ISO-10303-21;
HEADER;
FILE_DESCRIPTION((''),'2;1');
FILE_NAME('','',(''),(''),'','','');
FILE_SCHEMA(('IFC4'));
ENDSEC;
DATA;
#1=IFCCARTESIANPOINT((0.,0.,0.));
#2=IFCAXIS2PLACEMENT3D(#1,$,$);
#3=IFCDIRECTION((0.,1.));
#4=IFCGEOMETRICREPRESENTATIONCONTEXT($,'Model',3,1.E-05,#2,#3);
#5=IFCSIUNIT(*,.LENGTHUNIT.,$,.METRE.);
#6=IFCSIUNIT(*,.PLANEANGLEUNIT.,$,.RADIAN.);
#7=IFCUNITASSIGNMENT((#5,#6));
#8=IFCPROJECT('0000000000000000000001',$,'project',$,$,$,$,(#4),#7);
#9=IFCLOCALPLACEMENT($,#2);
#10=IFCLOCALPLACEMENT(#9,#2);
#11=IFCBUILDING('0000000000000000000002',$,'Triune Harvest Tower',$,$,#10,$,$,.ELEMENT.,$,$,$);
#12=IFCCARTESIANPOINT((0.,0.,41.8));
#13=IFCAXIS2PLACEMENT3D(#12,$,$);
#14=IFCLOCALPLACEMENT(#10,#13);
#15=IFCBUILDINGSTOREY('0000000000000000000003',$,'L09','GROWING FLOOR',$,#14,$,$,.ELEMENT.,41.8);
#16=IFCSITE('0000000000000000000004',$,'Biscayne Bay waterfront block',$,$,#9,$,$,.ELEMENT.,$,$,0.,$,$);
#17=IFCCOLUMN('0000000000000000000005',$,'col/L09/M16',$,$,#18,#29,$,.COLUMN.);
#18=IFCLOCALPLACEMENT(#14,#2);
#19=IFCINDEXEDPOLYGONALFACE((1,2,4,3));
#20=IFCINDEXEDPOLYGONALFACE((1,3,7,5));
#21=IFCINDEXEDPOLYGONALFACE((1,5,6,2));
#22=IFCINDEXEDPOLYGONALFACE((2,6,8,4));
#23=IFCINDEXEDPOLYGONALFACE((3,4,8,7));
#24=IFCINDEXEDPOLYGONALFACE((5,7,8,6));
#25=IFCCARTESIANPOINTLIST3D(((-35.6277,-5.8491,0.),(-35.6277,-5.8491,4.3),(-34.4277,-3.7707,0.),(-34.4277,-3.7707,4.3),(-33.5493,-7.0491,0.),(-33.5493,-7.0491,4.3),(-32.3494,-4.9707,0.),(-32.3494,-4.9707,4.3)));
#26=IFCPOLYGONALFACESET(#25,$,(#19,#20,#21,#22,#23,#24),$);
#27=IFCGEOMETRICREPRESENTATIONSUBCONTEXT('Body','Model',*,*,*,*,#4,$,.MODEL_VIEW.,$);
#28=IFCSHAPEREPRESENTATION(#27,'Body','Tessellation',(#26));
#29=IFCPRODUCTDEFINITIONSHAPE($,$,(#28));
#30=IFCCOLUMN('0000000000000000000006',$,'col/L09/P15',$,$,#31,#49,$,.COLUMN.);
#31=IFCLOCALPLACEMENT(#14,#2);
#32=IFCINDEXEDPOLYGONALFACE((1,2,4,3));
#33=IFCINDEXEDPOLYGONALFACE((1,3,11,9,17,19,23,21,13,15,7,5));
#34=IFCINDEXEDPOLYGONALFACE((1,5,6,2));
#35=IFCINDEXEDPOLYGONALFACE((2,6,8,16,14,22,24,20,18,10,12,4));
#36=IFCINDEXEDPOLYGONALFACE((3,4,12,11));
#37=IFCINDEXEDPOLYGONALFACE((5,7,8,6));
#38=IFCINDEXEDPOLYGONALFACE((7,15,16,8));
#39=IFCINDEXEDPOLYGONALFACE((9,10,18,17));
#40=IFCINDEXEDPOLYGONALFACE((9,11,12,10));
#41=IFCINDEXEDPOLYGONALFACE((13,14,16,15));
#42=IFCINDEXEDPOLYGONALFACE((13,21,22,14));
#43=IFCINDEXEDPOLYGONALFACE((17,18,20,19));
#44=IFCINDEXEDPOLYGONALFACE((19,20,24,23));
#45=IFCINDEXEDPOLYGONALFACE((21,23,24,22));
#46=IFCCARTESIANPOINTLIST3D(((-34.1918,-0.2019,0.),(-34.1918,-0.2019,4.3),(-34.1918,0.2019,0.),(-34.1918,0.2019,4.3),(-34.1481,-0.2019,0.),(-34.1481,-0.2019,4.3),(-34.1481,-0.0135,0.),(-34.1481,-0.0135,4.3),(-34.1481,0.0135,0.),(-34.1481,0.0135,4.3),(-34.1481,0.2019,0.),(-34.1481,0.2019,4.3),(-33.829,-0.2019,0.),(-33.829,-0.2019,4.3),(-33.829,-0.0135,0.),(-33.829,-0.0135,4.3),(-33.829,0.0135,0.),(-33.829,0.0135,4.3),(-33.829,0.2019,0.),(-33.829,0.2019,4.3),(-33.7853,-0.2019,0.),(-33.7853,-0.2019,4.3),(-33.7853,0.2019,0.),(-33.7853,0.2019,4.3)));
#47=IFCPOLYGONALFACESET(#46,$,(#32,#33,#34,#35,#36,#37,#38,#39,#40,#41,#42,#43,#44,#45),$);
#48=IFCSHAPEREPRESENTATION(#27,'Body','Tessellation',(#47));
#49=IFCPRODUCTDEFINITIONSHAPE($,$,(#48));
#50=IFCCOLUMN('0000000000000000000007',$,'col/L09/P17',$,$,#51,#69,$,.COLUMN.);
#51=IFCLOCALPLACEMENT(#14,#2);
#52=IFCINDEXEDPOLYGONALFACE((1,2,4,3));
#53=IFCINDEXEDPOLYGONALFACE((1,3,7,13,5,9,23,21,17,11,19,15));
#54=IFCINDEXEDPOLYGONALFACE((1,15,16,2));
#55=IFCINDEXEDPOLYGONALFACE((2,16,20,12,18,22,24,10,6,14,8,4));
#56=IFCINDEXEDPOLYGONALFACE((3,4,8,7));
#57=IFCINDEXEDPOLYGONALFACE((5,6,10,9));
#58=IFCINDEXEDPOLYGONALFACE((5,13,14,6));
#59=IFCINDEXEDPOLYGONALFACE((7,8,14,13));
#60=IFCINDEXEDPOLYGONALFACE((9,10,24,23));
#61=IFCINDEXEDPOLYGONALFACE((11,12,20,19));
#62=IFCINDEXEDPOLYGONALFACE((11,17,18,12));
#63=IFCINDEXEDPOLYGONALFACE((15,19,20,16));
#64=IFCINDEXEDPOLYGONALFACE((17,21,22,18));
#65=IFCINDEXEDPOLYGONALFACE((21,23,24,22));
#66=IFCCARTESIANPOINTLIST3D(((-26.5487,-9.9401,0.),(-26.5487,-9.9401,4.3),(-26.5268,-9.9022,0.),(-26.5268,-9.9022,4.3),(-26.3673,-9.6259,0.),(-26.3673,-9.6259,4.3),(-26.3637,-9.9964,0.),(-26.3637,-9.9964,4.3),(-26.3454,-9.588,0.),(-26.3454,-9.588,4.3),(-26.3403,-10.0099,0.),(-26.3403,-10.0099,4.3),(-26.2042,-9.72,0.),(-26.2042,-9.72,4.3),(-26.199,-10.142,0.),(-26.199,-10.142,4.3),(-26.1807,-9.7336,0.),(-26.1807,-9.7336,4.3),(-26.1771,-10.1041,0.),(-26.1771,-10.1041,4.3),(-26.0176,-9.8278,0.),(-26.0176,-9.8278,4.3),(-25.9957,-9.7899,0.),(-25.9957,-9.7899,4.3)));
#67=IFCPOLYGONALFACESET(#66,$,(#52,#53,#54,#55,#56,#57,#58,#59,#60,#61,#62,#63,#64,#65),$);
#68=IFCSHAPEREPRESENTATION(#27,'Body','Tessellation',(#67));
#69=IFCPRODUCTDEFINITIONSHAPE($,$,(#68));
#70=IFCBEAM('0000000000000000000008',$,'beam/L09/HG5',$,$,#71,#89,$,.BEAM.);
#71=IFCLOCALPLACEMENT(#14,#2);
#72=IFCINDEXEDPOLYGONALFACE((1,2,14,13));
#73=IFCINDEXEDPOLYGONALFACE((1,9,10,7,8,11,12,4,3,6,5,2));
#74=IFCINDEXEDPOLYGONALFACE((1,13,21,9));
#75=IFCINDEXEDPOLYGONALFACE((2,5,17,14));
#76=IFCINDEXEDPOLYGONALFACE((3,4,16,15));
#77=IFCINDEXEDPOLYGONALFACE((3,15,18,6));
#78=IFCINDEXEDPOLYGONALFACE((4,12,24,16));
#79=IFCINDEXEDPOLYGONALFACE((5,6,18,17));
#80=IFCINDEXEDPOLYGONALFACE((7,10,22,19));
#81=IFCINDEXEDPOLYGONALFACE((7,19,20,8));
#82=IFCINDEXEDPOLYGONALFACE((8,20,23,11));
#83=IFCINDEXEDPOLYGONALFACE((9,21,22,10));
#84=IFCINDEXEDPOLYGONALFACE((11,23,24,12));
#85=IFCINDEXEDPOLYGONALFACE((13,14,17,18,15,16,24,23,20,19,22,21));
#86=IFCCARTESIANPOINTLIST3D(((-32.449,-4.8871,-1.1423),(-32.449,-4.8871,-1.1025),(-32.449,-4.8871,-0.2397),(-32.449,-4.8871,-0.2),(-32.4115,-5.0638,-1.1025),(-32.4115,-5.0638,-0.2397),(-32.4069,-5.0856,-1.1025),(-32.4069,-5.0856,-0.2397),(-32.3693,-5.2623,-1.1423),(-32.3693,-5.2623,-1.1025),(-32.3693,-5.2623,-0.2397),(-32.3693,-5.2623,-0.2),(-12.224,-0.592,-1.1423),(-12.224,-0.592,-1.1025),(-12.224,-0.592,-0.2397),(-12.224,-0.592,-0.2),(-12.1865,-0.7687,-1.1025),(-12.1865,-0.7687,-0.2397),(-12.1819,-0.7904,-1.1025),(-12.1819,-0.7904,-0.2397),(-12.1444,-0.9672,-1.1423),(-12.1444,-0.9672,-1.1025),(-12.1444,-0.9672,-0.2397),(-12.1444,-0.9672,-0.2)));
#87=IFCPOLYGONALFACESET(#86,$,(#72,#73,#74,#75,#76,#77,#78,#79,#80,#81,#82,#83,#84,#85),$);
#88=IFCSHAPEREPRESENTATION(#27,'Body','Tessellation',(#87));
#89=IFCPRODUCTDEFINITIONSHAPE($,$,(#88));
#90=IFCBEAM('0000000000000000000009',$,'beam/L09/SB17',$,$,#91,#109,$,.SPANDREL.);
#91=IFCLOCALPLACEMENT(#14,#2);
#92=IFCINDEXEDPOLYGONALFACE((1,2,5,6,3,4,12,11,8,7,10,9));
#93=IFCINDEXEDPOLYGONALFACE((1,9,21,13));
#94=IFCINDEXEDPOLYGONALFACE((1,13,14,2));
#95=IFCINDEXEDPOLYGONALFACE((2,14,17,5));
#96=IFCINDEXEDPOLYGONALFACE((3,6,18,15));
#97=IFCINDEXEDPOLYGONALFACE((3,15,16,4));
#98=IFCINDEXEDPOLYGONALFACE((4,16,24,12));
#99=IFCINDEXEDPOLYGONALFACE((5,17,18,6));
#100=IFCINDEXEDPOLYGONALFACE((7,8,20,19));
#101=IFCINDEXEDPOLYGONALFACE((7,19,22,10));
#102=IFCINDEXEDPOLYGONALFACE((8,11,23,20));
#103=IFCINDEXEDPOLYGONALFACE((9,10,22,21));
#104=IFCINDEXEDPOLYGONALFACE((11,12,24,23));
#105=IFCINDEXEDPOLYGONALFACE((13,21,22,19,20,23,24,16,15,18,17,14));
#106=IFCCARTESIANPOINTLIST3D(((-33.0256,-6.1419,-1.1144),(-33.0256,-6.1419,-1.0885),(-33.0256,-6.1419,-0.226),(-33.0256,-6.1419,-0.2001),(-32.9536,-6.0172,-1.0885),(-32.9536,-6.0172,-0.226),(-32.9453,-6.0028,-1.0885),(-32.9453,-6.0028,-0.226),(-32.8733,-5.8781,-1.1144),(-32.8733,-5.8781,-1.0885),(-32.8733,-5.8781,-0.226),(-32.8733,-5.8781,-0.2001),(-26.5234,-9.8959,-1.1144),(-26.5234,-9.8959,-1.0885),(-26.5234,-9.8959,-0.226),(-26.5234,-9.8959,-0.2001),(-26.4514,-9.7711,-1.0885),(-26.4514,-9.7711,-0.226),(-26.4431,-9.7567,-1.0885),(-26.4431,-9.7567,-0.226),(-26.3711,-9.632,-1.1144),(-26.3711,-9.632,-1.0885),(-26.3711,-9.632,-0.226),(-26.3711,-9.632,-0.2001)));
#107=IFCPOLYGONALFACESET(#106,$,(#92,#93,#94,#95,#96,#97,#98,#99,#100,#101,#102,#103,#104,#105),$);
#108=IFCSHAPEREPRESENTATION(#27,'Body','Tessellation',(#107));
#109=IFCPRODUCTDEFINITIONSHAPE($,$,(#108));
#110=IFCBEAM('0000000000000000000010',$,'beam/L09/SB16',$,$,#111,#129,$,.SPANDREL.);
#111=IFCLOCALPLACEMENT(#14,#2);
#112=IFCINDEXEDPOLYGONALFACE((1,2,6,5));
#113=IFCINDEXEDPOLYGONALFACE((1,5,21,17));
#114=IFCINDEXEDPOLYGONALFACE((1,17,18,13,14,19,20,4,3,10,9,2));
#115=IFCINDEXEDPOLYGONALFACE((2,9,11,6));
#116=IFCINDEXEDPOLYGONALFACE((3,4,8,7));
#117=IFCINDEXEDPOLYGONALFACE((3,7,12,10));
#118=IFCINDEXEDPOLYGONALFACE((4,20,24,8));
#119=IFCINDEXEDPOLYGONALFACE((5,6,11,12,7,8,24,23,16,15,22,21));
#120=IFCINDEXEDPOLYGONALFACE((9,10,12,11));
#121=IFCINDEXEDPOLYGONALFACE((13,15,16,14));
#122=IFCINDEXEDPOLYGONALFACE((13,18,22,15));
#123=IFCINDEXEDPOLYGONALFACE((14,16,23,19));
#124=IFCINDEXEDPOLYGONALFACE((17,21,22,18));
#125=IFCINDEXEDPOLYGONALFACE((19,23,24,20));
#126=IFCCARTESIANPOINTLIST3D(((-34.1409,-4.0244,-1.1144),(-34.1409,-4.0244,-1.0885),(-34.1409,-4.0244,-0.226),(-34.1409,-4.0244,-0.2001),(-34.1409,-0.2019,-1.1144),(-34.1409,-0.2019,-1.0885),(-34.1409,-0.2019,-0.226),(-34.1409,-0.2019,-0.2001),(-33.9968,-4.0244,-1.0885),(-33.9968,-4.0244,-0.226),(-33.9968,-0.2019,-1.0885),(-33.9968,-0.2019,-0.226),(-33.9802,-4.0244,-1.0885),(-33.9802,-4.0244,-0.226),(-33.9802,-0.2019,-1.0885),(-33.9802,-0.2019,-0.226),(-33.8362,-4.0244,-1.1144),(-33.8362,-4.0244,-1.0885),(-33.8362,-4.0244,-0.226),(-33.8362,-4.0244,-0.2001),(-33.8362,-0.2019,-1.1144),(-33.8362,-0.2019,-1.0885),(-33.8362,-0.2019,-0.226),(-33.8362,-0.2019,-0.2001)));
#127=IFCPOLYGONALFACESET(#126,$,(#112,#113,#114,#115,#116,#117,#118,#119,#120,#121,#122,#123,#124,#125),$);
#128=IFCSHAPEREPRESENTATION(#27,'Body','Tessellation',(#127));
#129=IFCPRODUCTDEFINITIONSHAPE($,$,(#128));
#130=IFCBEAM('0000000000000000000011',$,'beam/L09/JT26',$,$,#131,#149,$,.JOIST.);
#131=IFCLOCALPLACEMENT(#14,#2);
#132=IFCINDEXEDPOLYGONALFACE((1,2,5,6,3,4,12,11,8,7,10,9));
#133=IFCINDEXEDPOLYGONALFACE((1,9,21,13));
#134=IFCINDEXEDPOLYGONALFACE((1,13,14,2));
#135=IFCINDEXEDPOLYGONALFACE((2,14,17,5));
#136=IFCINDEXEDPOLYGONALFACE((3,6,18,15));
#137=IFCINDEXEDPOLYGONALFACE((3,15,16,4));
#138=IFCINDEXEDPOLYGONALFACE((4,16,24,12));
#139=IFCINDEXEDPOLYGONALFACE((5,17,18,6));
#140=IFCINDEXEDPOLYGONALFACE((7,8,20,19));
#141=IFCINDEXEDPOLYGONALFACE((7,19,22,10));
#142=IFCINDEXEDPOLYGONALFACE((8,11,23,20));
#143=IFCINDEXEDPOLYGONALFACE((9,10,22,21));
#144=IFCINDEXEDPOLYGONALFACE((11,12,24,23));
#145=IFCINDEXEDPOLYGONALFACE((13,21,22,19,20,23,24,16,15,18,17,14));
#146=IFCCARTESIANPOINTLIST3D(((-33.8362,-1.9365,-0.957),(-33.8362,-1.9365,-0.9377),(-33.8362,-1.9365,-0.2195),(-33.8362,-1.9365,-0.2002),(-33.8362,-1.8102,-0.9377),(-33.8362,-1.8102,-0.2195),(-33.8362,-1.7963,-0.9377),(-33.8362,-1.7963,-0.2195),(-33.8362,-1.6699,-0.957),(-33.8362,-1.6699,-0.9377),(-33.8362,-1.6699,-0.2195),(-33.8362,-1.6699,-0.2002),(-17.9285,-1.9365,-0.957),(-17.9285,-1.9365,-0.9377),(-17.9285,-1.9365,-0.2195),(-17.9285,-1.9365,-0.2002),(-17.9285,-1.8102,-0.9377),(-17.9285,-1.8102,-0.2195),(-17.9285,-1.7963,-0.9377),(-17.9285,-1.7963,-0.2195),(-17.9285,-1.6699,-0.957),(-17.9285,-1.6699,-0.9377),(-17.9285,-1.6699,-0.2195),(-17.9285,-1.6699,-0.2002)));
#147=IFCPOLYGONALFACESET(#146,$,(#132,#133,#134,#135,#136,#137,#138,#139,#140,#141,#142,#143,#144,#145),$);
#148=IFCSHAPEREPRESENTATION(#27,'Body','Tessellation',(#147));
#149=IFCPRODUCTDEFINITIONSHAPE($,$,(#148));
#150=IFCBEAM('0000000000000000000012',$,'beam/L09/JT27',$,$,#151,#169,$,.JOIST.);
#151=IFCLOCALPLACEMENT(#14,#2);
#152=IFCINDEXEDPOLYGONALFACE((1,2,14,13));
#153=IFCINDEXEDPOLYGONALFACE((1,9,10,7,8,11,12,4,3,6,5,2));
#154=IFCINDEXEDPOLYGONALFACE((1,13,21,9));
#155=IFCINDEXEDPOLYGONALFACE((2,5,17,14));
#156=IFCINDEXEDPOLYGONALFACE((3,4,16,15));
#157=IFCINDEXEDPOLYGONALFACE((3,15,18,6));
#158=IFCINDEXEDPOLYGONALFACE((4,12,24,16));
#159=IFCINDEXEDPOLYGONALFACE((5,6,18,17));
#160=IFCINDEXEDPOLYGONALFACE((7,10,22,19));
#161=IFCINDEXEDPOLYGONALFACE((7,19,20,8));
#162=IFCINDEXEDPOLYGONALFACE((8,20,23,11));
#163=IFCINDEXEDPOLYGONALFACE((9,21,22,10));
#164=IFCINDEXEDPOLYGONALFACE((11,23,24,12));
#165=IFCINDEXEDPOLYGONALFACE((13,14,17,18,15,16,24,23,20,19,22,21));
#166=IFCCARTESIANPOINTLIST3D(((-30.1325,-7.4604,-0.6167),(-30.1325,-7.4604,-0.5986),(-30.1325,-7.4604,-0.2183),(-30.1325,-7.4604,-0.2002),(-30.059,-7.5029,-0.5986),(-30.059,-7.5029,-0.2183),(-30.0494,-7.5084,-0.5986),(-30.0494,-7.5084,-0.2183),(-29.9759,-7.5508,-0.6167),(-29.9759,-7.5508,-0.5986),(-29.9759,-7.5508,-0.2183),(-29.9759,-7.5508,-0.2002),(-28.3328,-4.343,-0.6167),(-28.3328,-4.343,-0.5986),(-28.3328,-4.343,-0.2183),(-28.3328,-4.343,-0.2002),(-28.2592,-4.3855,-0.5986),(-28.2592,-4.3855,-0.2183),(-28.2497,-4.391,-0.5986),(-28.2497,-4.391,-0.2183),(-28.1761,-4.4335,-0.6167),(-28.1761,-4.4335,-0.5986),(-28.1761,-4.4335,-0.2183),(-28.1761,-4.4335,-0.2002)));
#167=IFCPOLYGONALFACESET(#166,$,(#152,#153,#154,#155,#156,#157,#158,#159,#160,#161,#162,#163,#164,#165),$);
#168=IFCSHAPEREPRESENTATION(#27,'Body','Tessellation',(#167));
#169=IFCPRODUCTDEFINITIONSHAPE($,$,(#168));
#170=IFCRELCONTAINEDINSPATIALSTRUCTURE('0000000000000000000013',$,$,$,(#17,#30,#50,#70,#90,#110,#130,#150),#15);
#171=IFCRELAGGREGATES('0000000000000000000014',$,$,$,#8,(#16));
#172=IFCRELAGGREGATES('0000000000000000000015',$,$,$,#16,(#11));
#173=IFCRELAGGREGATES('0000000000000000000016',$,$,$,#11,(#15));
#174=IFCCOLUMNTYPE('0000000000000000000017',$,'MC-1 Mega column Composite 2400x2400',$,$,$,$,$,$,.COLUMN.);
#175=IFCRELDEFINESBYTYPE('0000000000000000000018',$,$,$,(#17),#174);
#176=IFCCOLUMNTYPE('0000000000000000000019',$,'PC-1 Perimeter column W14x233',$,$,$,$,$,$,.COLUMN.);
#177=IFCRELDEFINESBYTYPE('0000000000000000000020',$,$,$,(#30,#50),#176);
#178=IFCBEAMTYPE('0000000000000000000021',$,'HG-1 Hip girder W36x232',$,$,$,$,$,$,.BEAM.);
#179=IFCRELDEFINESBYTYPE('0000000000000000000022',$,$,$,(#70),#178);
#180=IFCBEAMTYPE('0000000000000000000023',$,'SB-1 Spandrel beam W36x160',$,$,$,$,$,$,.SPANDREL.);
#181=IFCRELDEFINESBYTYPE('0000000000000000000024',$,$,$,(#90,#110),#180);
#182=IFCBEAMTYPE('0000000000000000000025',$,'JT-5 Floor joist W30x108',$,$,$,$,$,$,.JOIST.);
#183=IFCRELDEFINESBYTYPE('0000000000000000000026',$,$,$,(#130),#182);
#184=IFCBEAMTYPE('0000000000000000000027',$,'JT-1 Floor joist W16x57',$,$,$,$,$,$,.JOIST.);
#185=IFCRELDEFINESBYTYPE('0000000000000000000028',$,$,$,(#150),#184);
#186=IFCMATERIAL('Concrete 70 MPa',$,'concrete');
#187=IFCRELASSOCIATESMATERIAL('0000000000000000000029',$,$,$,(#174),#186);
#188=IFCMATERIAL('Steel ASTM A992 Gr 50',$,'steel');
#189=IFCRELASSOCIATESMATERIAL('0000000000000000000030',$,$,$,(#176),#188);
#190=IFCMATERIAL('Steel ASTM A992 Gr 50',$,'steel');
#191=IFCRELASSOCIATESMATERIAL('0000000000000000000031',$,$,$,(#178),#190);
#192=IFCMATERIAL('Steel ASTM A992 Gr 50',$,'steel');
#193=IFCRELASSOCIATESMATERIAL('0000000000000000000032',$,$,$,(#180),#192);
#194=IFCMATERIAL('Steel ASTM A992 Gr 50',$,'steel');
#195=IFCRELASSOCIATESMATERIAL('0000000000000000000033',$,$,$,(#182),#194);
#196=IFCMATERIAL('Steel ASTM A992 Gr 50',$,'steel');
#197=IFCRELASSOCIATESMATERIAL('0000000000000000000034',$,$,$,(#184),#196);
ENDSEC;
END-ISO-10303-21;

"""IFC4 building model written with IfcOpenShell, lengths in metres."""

from ifc_helpers import new_model, si_unit, direction, frame, origin, origin_2d, place, context, subcontext, project, spatial, rectangle, i_section, extrude, source, transform, mapped, material, material_profile, profile_set, type_object, element, save


model = new_model("IFC4")

# Units and contexts
model_context = context("Model", 3, precision=1e-05, world=origin(), true_north=direction((0.0, 1.0)))
body_context = subcontext(model_context, "Body", "Model", "MODEL_VIEW")
ifc_project = project(units=[si_unit("LENGTHUNIT", "METRE"), si_unit("PLANEANGLEUNIT", "RADIAN")], contexts=[model_context])

# Site, building, storey
site_placement = place(None, origin())
site = spatial("IfcSite", under=ifc_project, at=site_placement, Name="Biscayne Bay waterfront block", CompositionType="ELEMENT", RefElevation=0.0)
building_placement = place(site_placement, origin())
building = spatial("IfcBuilding", under=site, at=building_placement, Name="Triune Harvest Tower", CompositionType="ELEMENT")
storey_placement = place(building_placement, frame((0.0, 0.0, 41.8)))
storey = spatial("IfcBuildingStorey", under=building, at=storey_placement, Name="L09", Description="GROWING FLOOR", CompositionType="ELEMENT", Elevation=41.8)

# Columns
ifc_material_1 = material(Name="Concrete 70 MPa", Category="concrete")
ifc_material_profile_1 = material_profile(ifc_material_1, rectangle(XDim=2.3999, YDim=2.3999, at=origin_2d()), Name="Composite 2400x2400")
ifc_profile_set_1 = profile_set([ifc_material_profile_1], Name="Concrete 70 MPa")
column_type_1 = type_object("IfcColumnType", Name="MC-1 Mega column Composite 2400x2400", PredefinedType="COLUMN", material=ifc_profile_set_1)
shared_shape_1 = source(origin(), body_context, "Body", "SweptSolid", [
    extrude(rectangle(XDim=2.3999, YDim=2.3999, at=origin_2d()), origin(), (0.0, 0.0, 1.0), 4.3),
])
column_placement = place(storey_placement, frame((-33.9885, -5.4099, 0.0), z_axis=(0.0, 0.0, 1.0), x_axis=(0.866025, -0.5, 0.0)))
element("IfcColumn", 1, at=column_placement, inside=storey, type_object=column_type_1, Name="col/L09/M16", PredefinedType="COLUMN", context=body_context, shape_type="MappedRepresentation", body=[
    mapped(shared_shape_1, transform((0.0, 0.0, 0.0), scale=1.0)),
])
ifc_material_2 = material(Name="Steel ASTM A992 Gr 50", Category="steel")
ifc_material_profile_2 = material_profile(ifc_material_2, i_section(OverallWidth=0.4038, OverallDepth=0.4065, WebThickness=0.0271, FlangeThickness=0.0437, at=origin_2d()), Name="W14x233")
ifc_profile_set_2 = profile_set([ifc_material_profile_2], Name="Steel ASTM A992 Gr 50")
column_type_2 = type_object("IfcColumnType", Name="PC-1 Perimeter column W14x233", PredefinedType="COLUMN", material=ifc_profile_set_2)
shared_shape_2 = source(origin(), body_context, "Body", "SweptSolid", [
    extrude(i_section(OverallWidth=0.4038, OverallDepth=0.4065, WebThickness=0.0271, FlangeThickness=0.0437, at=origin_2d()), origin(), (0.0, 0.0, 1.0), 4.3),
])
for number, where, z_axis, x_axis, name in (
    (2, (-33.9885, 0.0, 0.0), (0.0, 0.0, 1.0), (0.0, -1.0, 0.0), "col/L09/P15"),
    (3, (-26.2722, -9.865, 0.0), (0.0, 0.0, 1.0), (0.866025, -0.5, 0.0), "col/L09/P17"),
):
    element("IfcColumn", number, at=place(storey_placement, frame(where, z_axis=z_axis, x_axis=x_axis)), inside=storey, type_object=column_type_2, Name=name, PredefinedType="COLUMN", context=body_context, shape_type="MappedRepresentation", body=[
        mapped(shared_shape_2, transform((0.0, 0.0, 0.0), scale=1.0)),
    ])

# Beams
ifc_material_3 = material(Name="Steel ASTM A992 Gr 50", Category="steel")
ifc_material_profile_3 = material_profile(ifc_material_3, i_section(OverallWidth=0.3835, OverallDepth=0.9424, WebThickness=0.0222, FlangeThickness=0.0398, at=origin_2d()), Name="W36x232")
ifc_profile_set_3 = profile_set([ifc_material_profile_3], Name="Steel ASTM A992 Gr 50")
beam_type_1 = type_object("IfcBeamType", Name="HG-1 Hip girder W36x232", PredefinedType="BEAM", material=ifc_profile_set_3)
shared_shape_3 = source(origin(), body_context, "Body", "SweptSolid", [
    extrude(i_section(OverallWidth=0.3835, OverallDepth=0.9424, WebThickness=0.0222, FlangeThickness=0.0398, at=origin_2d()), origin(), (0.0, 0.0, 1.0), 20.676),
])
beam_1_placement = place(storey_placement, frame((-32.4092, -5.0747, -0.6711), z_axis=(0.978185, 0.207735, 0.0), x_axis=(-0.207735, 0.978185, 0.0)))
element("IfcBeam", 4, at=beam_1_placement, inside=storey, type_object=beam_type_1, Name="beam/L09/HG5", PredefinedType="BEAM", context=body_context, shape_type="MappedRepresentation", body=[
    mapped(shared_shape_3, transform((0.0, 0.0, 0.0), scale=1.0)),
])
ifc_material_4 = material(Name="Steel ASTM A992 Gr 50", Category="steel")
ifc_material_profile_4 = material_profile(ifc_material_4, i_section(OverallWidth=0.3047, OverallDepth=0.9143, WebThickness=0.0166, FlangeThickness=0.0259, at=origin_2d()), Name="W36x160")
ifc_profile_set_4 = profile_set([ifc_material_profile_4], Name="Steel ASTM A992 Gr 50")
beam_type_2 = type_object("IfcBeamType", Name="SB-1 Spandrel beam W36x160", PredefinedType="SPANDREL", material=ifc_profile_set_4)
shared_shape_4 = source(origin(), body_context, "Body", "SweptSolid", [
    extrude(i_section(OverallWidth=0.3047, OverallDepth=0.9143, WebThickness=0.0166, FlangeThickness=0.0259, at=origin_2d()), origin(), (0.0, 0.0, 1.0), 7.5081),
])
beam_2_placement = place(storey_placement, frame((-32.9495, -6.01, -0.6572), z_axis=(0.866033, -0.499986, 0.0), x_axis=(0.499986, 0.866033, 0.0)))
element("IfcBeam", 5, at=beam_2_placement, inside=storey, type_object=beam_type_2, Name="beam/L09/SB17", PredefinedType="SPANDREL", context=body_context, shape_type="MappedRepresentation", body=[
    mapped(shared_shape_4, transform((0.0, 0.0, 0.0), scale=1.0)),
])
shared_shape_5 = source(origin(), body_context, "Body", "SweptSolid", [
    extrude(i_section(OverallWidth=0.3047, OverallDepth=0.9143, WebThickness=0.0166, FlangeThickness=0.0259, at=origin_2d()), origin(), (0.0, 0.0, 1.0), 3.8225),
])
beam_3_placement = place(storey_placement, frame((-33.9885, -0.2019, -0.6572), z_axis=(0.0, -1.0, 0.0), x_axis=(1.0, 0.0, 0.0)))
element("IfcBeam", 6, at=beam_3_placement, inside=storey, type_object=beam_type_2, Name="beam/L09/SB16", PredefinedType="SPANDREL", context=body_context, shape_type="MappedRepresentation", body=[
    mapped(shared_shape_5, transform((0.0, 0.0, 0.0), scale=1.0)),
])
ifc_material_5 = material(Name="Steel ASTM A992 Gr 50", Category="steel")
ifc_material_profile_5 = material_profile(ifc_material_5, i_section(OverallWidth=0.2666, OverallDepth=0.7568, WebThickness=0.0139, FlangeThickness=0.0193, at=origin_2d()), Name="W30x108")
ifc_profile_set_5 = profile_set([ifc_material_profile_5], Name="Steel ASTM A992 Gr 50")
beam_type_3 = type_object("IfcBeamType", Name="JT-5 Floor joist W30x108", PredefinedType="JOIST", material=ifc_profile_set_5)
shared_shape_6 = source(origin(), body_context, "Body", "SweptSolid", [
    extrude(i_section(OverallWidth=0.2666, OverallDepth=0.7568, WebThickness=0.0139, FlangeThickness=0.0193, at=origin_2d()), origin(), (0.0, 0.0, 1.0), 15.9077),
])
beam_4_placement = place(storey_placement, frame((-33.8362, -1.8032, -0.5786), z_axis=(1.0, 0.0, 0.0), x_axis=(0.0, 1.0, 0.0)))
element("IfcBeam", 7, at=beam_4_placement, inside=storey, type_object=beam_type_3, Name="beam/L09/JT26", PredefinedType="JOIST", context=body_context, shape_type="MappedRepresentation", body=[
    mapped(shared_shape_6, transform((0.0, 0.0, 0.0), scale=1.0)),
])
ifc_material_6 = material(Name="Steel ASTM A992 Gr 50", Category="steel")
ifc_material_profile_6 = material_profile(ifc_material_6, i_section(OverallWidth=0.1809, OverallDepth=0.4165, WebThickness=0.011, FlangeThickness=0.0181, at=origin_2d()), Name="W16x57")
ifc_profile_set_6 = profile_set([ifc_material_profile_6], Name="Steel ASTM A992 Gr 50")
beam_type_4 = type_object("IfcBeamType", Name="JT-1 Floor joist W16x57", PredefinedType="JOIST", material=ifc_profile_set_6)
shared_shape_7 = source(origin(), body_context, "Body", "SweptSolid", [
    extrude(i_section(OverallWidth=0.1809, OverallDepth=0.4165, WebThickness=0.011, FlangeThickness=0.0181, at=origin_2d()), origin(), (0.0, 0.0, 1.0), 3.5996),
])
beam_5_placement = place(storey_placement, frame((-30.0542, -7.5056, -0.4084), z_axis=(0.499991, 0.866031, 0.0), x_axis=(-0.866031, 0.499991, 0.0)))
element("IfcBeam", 8, at=beam_5_placement, inside=storey, type_object=beam_type_4, Name="beam/L09/JT27", PredefinedType="JOIST", context=body_context, shape_type="MappedRepresentation", body=[
    mapped(shared_shape_7, transform((0.0, 0.0, 0.0), scale=1.0)),
])

save(model, "model.ifc")
